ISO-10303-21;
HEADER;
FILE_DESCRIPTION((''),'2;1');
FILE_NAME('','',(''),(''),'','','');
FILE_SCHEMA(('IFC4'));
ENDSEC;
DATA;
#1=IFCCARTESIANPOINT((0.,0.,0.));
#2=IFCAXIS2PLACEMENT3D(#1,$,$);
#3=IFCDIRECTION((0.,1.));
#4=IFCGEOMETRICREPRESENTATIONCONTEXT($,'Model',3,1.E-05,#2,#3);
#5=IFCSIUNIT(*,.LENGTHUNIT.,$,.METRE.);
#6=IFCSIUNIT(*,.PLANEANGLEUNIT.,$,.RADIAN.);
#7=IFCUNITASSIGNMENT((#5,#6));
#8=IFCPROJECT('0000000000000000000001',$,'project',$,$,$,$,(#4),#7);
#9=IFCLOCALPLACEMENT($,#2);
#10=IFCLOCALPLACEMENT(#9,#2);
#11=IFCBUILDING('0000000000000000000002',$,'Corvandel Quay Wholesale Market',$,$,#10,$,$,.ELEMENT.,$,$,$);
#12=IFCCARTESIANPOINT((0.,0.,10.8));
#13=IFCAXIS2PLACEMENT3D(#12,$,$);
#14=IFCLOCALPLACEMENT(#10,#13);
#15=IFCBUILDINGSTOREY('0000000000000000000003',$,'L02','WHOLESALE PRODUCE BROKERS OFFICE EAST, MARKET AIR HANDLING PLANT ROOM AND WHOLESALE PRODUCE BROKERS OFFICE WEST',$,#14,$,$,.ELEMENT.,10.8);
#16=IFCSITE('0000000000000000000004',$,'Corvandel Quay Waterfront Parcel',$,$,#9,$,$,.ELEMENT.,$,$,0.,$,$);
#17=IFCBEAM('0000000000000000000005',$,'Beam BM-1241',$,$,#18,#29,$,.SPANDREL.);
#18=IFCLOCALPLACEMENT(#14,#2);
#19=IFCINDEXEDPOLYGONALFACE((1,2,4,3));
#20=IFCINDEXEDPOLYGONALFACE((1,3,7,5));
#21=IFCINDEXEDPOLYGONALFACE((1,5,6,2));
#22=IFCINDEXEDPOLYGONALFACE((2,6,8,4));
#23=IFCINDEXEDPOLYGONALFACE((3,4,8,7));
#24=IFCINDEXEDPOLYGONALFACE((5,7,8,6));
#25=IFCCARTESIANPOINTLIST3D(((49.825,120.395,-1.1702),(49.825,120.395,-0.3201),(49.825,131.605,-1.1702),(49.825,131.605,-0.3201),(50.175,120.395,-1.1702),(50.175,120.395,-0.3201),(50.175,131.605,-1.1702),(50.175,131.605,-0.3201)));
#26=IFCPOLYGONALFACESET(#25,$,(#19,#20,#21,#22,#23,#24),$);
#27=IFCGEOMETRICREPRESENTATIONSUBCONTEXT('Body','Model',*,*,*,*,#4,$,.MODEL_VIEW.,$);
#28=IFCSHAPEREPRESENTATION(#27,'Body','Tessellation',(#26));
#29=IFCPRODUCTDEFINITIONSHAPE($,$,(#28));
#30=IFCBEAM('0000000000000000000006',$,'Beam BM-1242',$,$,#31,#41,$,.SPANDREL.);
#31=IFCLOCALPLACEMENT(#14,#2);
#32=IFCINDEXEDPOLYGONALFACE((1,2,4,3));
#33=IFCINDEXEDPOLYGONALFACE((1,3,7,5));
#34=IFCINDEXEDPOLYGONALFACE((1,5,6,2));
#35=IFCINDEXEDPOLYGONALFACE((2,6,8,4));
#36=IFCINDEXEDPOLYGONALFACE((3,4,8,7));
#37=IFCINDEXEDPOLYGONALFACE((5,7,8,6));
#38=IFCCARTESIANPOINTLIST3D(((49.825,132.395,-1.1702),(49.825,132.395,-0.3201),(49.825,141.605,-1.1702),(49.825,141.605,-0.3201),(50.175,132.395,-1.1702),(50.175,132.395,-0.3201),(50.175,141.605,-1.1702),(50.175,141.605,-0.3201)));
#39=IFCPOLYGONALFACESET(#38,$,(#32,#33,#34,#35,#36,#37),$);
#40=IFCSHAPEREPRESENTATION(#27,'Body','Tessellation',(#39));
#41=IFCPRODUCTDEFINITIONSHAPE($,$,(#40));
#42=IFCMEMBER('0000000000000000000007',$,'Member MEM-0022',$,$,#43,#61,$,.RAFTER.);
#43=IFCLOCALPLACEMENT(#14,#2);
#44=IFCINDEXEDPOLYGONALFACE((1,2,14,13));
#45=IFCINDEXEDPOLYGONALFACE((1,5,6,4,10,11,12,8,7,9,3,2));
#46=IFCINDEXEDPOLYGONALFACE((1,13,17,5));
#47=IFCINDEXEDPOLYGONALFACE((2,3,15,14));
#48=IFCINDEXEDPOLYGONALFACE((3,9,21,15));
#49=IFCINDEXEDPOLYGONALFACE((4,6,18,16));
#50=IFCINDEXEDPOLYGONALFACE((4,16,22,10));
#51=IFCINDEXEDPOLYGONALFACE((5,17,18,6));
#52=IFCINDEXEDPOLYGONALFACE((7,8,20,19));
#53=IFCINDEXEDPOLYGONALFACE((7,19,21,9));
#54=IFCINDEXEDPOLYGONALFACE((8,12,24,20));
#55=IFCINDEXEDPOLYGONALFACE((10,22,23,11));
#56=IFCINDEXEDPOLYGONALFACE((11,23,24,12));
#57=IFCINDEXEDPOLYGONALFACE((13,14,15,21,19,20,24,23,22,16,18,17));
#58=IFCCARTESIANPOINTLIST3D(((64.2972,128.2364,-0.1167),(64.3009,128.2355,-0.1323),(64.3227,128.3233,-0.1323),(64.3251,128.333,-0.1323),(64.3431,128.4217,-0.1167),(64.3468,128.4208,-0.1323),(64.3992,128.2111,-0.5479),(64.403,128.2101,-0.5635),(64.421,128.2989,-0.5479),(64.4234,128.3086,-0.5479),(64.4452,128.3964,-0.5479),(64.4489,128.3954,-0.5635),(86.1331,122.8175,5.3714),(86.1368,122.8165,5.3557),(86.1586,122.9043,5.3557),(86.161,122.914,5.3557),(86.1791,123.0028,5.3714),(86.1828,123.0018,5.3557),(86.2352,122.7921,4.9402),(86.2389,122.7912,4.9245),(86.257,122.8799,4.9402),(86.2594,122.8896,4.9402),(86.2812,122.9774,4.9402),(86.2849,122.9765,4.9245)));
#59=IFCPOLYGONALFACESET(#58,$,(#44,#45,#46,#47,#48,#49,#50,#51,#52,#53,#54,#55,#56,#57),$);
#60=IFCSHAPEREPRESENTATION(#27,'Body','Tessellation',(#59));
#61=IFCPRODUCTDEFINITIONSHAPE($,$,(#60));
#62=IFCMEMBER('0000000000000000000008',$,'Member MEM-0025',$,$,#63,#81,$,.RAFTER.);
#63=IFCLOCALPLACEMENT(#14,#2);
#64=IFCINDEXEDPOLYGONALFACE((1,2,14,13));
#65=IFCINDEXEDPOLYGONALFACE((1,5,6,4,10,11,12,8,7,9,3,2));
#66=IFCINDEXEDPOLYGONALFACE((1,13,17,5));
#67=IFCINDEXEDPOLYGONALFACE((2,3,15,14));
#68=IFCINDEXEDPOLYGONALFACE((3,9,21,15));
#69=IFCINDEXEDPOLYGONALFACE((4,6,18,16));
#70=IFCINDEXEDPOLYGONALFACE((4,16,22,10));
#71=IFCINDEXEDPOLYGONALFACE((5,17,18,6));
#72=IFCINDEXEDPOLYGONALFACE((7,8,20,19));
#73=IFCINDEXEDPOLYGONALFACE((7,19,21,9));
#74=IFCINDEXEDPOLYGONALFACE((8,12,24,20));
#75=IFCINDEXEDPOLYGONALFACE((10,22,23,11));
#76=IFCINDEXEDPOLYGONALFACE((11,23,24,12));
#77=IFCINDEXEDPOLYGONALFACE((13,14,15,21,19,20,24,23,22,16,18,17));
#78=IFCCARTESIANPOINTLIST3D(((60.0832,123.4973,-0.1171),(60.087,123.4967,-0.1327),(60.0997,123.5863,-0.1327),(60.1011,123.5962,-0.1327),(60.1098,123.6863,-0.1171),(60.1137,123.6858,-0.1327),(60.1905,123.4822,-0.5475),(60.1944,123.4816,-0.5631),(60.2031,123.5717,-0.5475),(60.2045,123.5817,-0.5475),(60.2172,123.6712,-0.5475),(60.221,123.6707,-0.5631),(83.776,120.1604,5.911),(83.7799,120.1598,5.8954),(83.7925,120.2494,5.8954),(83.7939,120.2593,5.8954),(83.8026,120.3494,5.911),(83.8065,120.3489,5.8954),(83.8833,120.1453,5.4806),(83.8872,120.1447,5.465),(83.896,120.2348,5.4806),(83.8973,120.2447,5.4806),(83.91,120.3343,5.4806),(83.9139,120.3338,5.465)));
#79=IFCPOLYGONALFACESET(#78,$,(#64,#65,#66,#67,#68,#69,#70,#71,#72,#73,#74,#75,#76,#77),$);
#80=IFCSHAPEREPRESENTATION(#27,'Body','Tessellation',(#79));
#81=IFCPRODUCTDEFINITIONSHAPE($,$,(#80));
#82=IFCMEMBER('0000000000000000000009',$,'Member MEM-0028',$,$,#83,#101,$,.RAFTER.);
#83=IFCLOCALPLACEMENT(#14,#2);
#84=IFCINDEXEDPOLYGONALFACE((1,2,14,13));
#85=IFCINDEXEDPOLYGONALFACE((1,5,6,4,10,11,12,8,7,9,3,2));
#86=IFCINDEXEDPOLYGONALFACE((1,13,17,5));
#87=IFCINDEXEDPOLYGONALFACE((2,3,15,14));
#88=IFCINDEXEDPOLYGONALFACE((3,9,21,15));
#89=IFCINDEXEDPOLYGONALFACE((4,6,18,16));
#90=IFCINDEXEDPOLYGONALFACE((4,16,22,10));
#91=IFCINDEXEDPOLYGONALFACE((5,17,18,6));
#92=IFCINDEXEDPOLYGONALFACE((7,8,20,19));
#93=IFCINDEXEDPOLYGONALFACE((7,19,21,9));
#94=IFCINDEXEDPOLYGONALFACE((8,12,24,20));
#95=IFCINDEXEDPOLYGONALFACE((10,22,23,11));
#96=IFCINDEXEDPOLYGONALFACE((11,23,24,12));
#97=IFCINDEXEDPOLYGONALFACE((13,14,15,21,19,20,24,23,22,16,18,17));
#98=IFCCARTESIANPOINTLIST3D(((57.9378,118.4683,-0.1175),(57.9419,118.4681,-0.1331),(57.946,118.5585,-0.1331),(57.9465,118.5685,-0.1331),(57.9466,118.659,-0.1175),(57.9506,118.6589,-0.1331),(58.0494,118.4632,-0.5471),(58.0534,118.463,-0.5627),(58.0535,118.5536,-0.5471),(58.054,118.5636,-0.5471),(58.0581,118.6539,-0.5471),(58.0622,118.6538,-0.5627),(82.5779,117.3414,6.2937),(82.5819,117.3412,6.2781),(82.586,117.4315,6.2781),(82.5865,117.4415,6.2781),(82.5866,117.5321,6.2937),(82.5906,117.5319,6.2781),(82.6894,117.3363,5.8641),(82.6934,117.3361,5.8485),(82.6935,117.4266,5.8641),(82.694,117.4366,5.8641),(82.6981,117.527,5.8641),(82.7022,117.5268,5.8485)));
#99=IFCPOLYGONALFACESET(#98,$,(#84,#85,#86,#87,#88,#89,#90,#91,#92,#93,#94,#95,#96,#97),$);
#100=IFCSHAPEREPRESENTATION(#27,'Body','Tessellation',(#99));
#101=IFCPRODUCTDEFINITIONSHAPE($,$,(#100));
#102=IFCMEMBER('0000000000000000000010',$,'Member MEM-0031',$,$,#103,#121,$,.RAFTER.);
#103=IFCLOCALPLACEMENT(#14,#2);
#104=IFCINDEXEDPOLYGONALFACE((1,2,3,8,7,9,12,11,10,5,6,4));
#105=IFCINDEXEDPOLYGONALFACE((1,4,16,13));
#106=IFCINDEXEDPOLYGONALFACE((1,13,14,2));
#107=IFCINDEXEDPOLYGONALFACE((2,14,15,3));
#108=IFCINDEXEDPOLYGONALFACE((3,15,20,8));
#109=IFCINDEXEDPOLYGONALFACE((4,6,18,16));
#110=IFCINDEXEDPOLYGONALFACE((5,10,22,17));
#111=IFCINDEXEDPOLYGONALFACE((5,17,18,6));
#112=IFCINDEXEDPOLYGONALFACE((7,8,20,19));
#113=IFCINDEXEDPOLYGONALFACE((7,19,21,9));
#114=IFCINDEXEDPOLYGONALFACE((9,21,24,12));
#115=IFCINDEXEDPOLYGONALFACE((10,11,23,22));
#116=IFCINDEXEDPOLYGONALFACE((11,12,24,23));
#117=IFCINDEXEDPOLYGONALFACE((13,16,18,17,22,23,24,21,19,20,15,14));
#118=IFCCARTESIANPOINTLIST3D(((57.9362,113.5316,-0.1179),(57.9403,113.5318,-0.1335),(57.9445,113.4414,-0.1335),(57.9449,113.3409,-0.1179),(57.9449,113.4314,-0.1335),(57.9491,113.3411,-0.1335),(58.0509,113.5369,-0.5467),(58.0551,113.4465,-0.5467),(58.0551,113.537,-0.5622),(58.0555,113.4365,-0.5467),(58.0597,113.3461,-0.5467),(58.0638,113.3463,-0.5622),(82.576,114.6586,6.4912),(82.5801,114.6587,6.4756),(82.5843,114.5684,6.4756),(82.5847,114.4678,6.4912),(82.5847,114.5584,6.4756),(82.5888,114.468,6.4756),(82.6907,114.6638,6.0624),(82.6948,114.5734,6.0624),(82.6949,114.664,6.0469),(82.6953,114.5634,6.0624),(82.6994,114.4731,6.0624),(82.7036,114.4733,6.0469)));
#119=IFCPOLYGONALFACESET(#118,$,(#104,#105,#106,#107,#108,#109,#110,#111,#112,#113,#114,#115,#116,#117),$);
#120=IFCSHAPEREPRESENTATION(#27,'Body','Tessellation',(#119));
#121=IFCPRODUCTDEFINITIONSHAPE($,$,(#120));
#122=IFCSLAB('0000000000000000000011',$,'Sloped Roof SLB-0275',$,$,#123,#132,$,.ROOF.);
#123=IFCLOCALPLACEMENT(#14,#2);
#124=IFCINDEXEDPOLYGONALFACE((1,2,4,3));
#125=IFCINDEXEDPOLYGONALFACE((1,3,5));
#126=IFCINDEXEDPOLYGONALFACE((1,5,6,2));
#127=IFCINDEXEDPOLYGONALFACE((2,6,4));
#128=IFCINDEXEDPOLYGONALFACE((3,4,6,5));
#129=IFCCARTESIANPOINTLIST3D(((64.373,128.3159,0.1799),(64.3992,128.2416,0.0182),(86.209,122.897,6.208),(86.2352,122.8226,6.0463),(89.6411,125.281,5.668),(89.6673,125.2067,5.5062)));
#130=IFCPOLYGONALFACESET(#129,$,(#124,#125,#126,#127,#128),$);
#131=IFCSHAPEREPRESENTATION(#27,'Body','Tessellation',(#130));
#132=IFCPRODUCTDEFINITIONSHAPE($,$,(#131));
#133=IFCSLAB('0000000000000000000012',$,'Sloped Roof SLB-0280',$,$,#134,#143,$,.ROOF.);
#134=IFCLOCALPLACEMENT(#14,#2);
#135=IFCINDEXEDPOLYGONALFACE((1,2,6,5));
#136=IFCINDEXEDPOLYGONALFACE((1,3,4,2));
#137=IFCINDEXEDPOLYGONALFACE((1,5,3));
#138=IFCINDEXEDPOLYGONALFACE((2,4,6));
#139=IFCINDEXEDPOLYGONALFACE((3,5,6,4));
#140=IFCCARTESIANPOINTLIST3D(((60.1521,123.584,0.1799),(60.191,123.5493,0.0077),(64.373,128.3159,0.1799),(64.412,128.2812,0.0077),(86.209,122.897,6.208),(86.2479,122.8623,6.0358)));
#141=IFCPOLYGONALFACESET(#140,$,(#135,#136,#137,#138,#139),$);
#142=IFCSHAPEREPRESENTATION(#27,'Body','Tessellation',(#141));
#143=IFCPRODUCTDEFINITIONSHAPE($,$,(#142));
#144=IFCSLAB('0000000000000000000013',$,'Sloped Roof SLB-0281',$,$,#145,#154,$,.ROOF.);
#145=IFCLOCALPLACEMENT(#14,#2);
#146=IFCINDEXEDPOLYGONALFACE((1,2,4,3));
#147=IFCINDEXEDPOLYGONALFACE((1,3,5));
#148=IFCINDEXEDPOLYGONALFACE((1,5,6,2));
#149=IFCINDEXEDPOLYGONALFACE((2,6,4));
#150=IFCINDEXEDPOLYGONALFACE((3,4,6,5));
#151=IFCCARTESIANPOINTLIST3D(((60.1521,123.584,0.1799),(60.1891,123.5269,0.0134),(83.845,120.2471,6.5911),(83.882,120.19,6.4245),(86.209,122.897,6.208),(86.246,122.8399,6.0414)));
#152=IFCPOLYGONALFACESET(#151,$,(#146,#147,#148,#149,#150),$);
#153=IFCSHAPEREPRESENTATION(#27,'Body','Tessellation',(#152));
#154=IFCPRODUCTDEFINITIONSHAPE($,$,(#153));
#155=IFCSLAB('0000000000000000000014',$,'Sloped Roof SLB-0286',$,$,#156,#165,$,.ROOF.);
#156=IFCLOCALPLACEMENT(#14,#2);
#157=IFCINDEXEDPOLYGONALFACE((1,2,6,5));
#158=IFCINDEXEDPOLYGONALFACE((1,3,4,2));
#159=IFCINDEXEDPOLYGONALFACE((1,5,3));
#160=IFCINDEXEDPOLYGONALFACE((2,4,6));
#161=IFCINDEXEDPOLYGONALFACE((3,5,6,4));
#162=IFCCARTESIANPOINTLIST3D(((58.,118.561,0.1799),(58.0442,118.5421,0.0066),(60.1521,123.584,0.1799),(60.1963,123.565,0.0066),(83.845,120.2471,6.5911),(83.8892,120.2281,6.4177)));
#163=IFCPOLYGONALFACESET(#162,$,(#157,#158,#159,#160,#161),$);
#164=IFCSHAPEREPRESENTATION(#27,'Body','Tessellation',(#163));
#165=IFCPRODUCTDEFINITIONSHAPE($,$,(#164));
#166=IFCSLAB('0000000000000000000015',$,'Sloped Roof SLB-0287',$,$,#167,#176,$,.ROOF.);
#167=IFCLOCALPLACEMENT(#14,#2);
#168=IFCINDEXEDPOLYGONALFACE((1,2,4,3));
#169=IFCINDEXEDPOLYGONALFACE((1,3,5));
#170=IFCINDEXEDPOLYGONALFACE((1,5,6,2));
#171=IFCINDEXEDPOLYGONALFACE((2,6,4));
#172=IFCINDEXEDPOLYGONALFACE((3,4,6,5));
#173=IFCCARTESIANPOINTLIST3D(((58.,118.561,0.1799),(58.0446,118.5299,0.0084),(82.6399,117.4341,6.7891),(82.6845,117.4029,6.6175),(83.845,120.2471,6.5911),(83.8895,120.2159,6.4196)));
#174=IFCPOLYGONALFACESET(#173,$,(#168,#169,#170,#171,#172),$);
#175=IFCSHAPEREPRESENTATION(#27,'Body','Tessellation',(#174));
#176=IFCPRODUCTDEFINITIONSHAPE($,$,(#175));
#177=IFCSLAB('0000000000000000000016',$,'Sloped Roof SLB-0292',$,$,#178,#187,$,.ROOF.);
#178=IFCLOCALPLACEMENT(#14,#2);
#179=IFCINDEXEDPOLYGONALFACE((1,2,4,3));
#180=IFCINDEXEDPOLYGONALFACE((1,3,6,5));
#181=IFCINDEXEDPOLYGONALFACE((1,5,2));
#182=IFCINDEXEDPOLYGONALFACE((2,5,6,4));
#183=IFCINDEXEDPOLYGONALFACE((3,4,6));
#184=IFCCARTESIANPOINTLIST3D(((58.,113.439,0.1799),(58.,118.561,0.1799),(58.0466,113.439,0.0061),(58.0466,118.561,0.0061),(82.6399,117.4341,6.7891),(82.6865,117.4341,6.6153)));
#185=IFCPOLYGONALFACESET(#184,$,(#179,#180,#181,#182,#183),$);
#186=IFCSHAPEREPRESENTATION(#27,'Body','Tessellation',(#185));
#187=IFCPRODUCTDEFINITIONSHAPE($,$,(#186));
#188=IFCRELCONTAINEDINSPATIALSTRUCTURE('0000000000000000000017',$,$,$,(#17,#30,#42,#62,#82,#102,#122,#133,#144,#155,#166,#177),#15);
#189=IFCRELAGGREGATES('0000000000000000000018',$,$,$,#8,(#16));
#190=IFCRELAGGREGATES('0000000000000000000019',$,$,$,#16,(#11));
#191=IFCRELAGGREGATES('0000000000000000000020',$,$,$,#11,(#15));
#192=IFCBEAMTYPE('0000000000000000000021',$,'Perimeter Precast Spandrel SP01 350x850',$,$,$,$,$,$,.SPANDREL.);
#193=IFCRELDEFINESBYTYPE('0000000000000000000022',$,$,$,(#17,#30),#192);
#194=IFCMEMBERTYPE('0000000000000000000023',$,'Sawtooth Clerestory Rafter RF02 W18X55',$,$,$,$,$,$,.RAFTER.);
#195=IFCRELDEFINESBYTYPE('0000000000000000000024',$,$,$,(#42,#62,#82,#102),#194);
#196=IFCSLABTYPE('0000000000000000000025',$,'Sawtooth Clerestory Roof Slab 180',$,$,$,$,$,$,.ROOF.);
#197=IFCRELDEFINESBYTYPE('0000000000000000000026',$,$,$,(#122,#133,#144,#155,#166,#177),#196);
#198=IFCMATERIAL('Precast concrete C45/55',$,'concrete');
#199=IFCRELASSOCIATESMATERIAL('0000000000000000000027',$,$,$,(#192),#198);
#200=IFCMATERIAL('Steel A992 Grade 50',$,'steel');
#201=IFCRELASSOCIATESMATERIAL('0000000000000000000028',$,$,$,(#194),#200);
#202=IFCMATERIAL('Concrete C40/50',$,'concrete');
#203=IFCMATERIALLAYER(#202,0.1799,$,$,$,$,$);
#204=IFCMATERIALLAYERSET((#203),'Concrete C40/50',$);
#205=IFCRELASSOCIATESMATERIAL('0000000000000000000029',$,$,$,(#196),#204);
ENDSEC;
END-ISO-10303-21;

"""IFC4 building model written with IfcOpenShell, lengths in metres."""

from ifc_helpers import new_model, si_unit, direction, frame, origin, origin_2d, place, context, subcontext, project, spatial, polyline, rectangle, i_section, outline, extrude, material, layer, layer_set, material_profile, profile_set, type_object, element, save


model = new_model("IFC4")

# Units and contexts
model_context = context("Model", 3, precision=1e-05, world=origin(), true_north=direction((0.0, 1.0)))
body_context = subcontext(model_context, "Body", "Model", "MODEL_VIEW")
ifc_project = project(units=[si_unit("LENGTHUNIT", "METRE"), si_unit("PLANEANGLEUNIT", "RADIAN")], contexts=[model_context])

# Site, building, storey
site_placement = place(None, origin())
site = spatial("IfcSite", under=ifc_project, at=site_placement, Name="Corvandel Quay Waterfront Parcel", CompositionType="ELEMENT", RefElevation=0.0)
building_placement = place(site_placement, origin())
building = spatial("IfcBuilding", under=site, at=building_placement, Name="Corvandel Quay Wholesale Market", CompositionType="ELEMENT")
storey_placement = place(building_placement, frame((0.0, 0.0, 10.8)))
storey = spatial("IfcBuildingStorey", under=building, at=storey_placement, Name="L02", Description="WHOLESALE PRODUCE BROKERS OFFICE EAST, MARKET AIR HANDLING PLANT ROOM AND WHOLESALE PRODUCE BROKERS OFFICE WEST", CompositionType="ELEMENT", Elevation=10.8)

# Shared definitions
ifc_material_1 = material(Name="Precast concrete C45/55", Category="concrete")

# Beams
ifc_material_profile_1 = material_profile(ifc_material_1, rectangle(XDim=0.3501, YDim=0.8501, at=origin_2d()), Name="PC-SPN-350x850")
ifc_profile_set_1 = profile_set([ifc_material_profile_1], Name="Precast concrete C45/55")
beam_type_1 = type_object("IfcBeamType", Name="Perimeter Precast Spandrel SP01 350x850", PredefinedType="SPANDREL", material=ifc_profile_set_1)
beam_1_placement = place(storey_placement, frame((50.0, 120.395, -0.7451), z_axis=(0.0, 1.0, 0.0), x_axis=(-1.0, 0.0, 0.0)))
element("IfcBeam", 1, at=beam_1_placement, inside=storey, type_object=beam_type_1, Name="Beam BM-1241", PredefinedType="SPANDREL", context=body_context, shape_type="SweptSolid", body=[
    extrude(rectangle(XDim=0.3501, YDim=0.8501, at=origin_2d()), origin(), (0.0, 0.0, 1.0), 11.21),
])
beam_2_placement = place(storey_placement, frame((50.0, 132.395, -0.7451), z_axis=(0.0, 1.0, 0.0), x_axis=(-1.0, 0.0, 0.0)))
element("IfcBeam", 2, at=beam_2_placement, inside=storey, type_object=beam_type_1, Name="Beam BM-1242", PredefinedType="SPANDREL", context=body_context, shape_type="SweptSolid", body=[
    extrude(rectangle(XDim=0.3501, YDim=0.8501, at=origin_2d()), origin(), (0.0, 0.0, 1.0), 9.21),
])

# Members
ifc_material_2 = material(Name="Steel A992 Grade 50", Category="steel")
ifc_material_profile_2 = material_profile(ifc_material_2, i_section(OverallWidth=0.1909, OverallDepth=0.46, WebThickness=0.01, FlangeThickness=0.0161, at=origin_2d()), Name="W18X55")
ifc_profile_set_2 = profile_set([ifc_material_profile_2], Name="Steel A992 Grade 50")
member_type = type_object("IfcMemberType", Name="Sawtooth Clerestory Rafter RF02 W18X55", PredefinedType="RAFTER", material=ifc_profile_set_2)
member_1_placement = place(storey_placement, frame((64.373, 128.3159, -0.3401), z_axis=(0.942912, -0.233999, 0.236983), x_axis=(0.24086, 0.97056, 0.0)))
element("IfcMember", 3, at=member_1_placement, inside=storey, type_object=member_type, Name="Member MEM-0022", PredefinedType="RAFTER", context=body_context, shape_type="SweptSolid", body=[
    extrude(i_section(OverallWidth=0.1909, OverallDepth=0.46, WebThickness=0.01, FlangeThickness=0.0161, at=origin_2d()), origin(), (0.0, 0.0, 1.0), 23.158),
])
member_2_placement = place(storey_placement, frame((60.1521, 123.584, -0.3401), z_axis=(0.960222, -0.135238, 0.244305), x_axis=(0.139464, 0.990227, 0.0)))
element("IfcMember", 4, at=member_2_placement, inside=storey, type_object=member_type, Name="Member MEM-0025", PredefinedType="RAFTER", context=body_context, shape_type="SweptSolid", body=[
    extrude(i_section(OverallWidth=0.1909, OverallDepth=0.46, WebThickness=0.01, FlangeThickness=0.0161, at=origin_2d()), origin(), (0.0, 0.0, 1.0), 24.6743),
])
member_3_placement = place(storey_placement, frame((58.0, 118.561, -0.3401), z_axis=(0.96683, -0.04422, 0.251563), x_axis=(0.045689, 0.998956, 0.0)))
element("IfcMember", 5, at=member_3_placement, inside=storey, type_object=member_type, Name="Member MEM-0028", PredefinedType="RAFTER", context=body_context, shape_type="SweptSolid", body=[
    extrude(i_section(OverallWidth=0.1909, OverallDepth=0.46, WebThickness=0.01, FlangeThickness=0.0161, at=origin_2d()), origin(), (0.0, 0.0, 1.0), 25.4854),
])
member_4_placement = place(storey_placement, frame((58.0, 113.439, -0.3401), z_axis=(0.964917, 0.044132, 0.258819), x_axis=(-0.045689, 0.998956, 0.0)))
element("IfcMember", 6, at=member_4_placement, inside=storey, type_object=member_type, Name="Member MEM-0031", PredefinedType="RAFTER", context=body_context, shape_type="SweptSolid", body=[
    extrude(i_section(OverallWidth=0.1909, OverallDepth=0.46, WebThickness=0.01, FlangeThickness=0.0161, at=origin_2d()), origin(), (0.0, 0.0, 1.0), 25.5356),
])

# Slabs
ifc_material_3 = material(Name="Concrete C40/50", Category="concrete")
ifc_layer_1 = layer(ifc_material_3, 0.1799)
ifc_layer_set_1 = layer_set([ifc_layer_1], Name="Concrete C40/50")
slab_type = type_object("IfcSlabType", Name="Sawtooth Clerestory Roof Slab 180", PredefinedType="ROOF", material=ifc_layer_set_1)
slab_1_placement = place(storey_placement, frame((64.373, 128.3159, 0.1799), z_axis=(-0.145603, 0.413238, 0.898907), x_axis=(0.937492, -0.232654, 0.258806)))
element("IfcSlab", 7, at=slab_1_placement, inside=storey, type_object=slab_type, Name="Sloped Roof SLB-0275", PredefinedType="ROOF", context=body_context, shape_type="SweptSolid", body=[
    extrude(outline(polyline([(0.0, 0.0), (23.2919, 0.0), (25.815, 3.3747), (0.0, 0.0)])), origin(), (0.0, 0.0, -1.0), 0.1799),
])
slab_2_placement = place(storey_placement, frame((64.373, 128.3159, 0.1799), z_axis=(-0.216322, 0.192962, 0.957063), x_axis=(-0.665665, -0.74625, 0.0)))
element("IfcSlab", 8, at=slab_2_placement, inside=storey, type_object=slab_type, Name="Sloped Roof SLB-0280", PredefinedType="ROOF", context=body_context, shape_type="SweptSolid", body=[
    extrude(outline(polyline([(0.0, 0.0), (6.3409, 0.0), (-10.4915, 20.7952), (0.0, 0.0)])), origin(), (0.0, 0.0, -1.0), 0.1799),
])
slab_3_placement = place(storey_placement, frame((60.1521, 123.584, 0.1799), z_axis=(-0.205785, 0.317397, 0.925695), x_axis=(0.956486, -0.134712, 0.258819)))
element("IfcSlab", 9, at=slab_3_placement, inside=storey, type_object=slab_type, Name="Sloped Roof SLB-0281", PredefinedType="ROOF", context=body_context, shape_type="SweptSolid", body=[
    extrude(outline(polyline([(0.0, 0.0), (24.7707, 0.0), (26.5758, 3.0821), (0.0, 0.0)])), origin(), (0.0, 0.0, -1.0), 0.1799),
])
slab_4_placement = place(storey_placement, frame((60.1521, 123.584, 0.1799), z_axis=(-0.245893, 0.105354, 0.963554), x_axis=(-0.393828, -0.919184, 0.0)))
element("IfcSlab", 10, at=slab_4_placement, inside=storey, type_object=slab_type, Name="Sloped Roof SLB-0286", PredefinedType="ROOF", context=body_context, shape_type="SweptSolid", body=[
    extrude(outline(polyline([(0.0, 0.0), (5.4646, 0.0), (-6.2637, 23.9657), (0.0, 0.0)])), origin(), (0.0, 0.0, -1.0), 0.1799),
])
slab_5_placement = place(storey_placement, frame((58.0, 118.561, 0.1799), z_axis=(-0.247755, 0.173231, 0.953209), x_axis=(0.964917, -0.044132, 0.258819)))
element("IfcSlab", 11, at=slab_5_placement, inside=storey, type_object=slab_type, Name="Sloped Roof SLB-0287", PredefinedType="ROOF", context=body_context, shape_type="SweptSolid", body=[
    extrude(outline(polyline([(0.0, 0.0), (25.5358, 0.0), (26.5232, 2.9033), (0.0, 0.0)])), origin(), (0.0, 0.0, -1.0), 0.1799),
])
slab_6_placement = place(storey_placement, frame((58.0, 118.561, 0.1799), z_axis=(-0.259071, 0.0, 0.965858), x_axis=(0.0, -1.0, 0.0)))
element("IfcSlab", 12, at=slab_6_placement, inside=storey, type_object=slab_type, Name="Sloped Roof SLB-0292", PredefinedType="ROOF", context=body_context, shape_type="SweptSolid", body=[
    extrude(outline(polyline([(0.0, 0.0), (5.1221, 0.0), (1.127, 25.5109), (0.0, 0.0)])), origin(), (0.0, 0.0, -1.0), 0.1799),
])

save(model, "model.ifc")
